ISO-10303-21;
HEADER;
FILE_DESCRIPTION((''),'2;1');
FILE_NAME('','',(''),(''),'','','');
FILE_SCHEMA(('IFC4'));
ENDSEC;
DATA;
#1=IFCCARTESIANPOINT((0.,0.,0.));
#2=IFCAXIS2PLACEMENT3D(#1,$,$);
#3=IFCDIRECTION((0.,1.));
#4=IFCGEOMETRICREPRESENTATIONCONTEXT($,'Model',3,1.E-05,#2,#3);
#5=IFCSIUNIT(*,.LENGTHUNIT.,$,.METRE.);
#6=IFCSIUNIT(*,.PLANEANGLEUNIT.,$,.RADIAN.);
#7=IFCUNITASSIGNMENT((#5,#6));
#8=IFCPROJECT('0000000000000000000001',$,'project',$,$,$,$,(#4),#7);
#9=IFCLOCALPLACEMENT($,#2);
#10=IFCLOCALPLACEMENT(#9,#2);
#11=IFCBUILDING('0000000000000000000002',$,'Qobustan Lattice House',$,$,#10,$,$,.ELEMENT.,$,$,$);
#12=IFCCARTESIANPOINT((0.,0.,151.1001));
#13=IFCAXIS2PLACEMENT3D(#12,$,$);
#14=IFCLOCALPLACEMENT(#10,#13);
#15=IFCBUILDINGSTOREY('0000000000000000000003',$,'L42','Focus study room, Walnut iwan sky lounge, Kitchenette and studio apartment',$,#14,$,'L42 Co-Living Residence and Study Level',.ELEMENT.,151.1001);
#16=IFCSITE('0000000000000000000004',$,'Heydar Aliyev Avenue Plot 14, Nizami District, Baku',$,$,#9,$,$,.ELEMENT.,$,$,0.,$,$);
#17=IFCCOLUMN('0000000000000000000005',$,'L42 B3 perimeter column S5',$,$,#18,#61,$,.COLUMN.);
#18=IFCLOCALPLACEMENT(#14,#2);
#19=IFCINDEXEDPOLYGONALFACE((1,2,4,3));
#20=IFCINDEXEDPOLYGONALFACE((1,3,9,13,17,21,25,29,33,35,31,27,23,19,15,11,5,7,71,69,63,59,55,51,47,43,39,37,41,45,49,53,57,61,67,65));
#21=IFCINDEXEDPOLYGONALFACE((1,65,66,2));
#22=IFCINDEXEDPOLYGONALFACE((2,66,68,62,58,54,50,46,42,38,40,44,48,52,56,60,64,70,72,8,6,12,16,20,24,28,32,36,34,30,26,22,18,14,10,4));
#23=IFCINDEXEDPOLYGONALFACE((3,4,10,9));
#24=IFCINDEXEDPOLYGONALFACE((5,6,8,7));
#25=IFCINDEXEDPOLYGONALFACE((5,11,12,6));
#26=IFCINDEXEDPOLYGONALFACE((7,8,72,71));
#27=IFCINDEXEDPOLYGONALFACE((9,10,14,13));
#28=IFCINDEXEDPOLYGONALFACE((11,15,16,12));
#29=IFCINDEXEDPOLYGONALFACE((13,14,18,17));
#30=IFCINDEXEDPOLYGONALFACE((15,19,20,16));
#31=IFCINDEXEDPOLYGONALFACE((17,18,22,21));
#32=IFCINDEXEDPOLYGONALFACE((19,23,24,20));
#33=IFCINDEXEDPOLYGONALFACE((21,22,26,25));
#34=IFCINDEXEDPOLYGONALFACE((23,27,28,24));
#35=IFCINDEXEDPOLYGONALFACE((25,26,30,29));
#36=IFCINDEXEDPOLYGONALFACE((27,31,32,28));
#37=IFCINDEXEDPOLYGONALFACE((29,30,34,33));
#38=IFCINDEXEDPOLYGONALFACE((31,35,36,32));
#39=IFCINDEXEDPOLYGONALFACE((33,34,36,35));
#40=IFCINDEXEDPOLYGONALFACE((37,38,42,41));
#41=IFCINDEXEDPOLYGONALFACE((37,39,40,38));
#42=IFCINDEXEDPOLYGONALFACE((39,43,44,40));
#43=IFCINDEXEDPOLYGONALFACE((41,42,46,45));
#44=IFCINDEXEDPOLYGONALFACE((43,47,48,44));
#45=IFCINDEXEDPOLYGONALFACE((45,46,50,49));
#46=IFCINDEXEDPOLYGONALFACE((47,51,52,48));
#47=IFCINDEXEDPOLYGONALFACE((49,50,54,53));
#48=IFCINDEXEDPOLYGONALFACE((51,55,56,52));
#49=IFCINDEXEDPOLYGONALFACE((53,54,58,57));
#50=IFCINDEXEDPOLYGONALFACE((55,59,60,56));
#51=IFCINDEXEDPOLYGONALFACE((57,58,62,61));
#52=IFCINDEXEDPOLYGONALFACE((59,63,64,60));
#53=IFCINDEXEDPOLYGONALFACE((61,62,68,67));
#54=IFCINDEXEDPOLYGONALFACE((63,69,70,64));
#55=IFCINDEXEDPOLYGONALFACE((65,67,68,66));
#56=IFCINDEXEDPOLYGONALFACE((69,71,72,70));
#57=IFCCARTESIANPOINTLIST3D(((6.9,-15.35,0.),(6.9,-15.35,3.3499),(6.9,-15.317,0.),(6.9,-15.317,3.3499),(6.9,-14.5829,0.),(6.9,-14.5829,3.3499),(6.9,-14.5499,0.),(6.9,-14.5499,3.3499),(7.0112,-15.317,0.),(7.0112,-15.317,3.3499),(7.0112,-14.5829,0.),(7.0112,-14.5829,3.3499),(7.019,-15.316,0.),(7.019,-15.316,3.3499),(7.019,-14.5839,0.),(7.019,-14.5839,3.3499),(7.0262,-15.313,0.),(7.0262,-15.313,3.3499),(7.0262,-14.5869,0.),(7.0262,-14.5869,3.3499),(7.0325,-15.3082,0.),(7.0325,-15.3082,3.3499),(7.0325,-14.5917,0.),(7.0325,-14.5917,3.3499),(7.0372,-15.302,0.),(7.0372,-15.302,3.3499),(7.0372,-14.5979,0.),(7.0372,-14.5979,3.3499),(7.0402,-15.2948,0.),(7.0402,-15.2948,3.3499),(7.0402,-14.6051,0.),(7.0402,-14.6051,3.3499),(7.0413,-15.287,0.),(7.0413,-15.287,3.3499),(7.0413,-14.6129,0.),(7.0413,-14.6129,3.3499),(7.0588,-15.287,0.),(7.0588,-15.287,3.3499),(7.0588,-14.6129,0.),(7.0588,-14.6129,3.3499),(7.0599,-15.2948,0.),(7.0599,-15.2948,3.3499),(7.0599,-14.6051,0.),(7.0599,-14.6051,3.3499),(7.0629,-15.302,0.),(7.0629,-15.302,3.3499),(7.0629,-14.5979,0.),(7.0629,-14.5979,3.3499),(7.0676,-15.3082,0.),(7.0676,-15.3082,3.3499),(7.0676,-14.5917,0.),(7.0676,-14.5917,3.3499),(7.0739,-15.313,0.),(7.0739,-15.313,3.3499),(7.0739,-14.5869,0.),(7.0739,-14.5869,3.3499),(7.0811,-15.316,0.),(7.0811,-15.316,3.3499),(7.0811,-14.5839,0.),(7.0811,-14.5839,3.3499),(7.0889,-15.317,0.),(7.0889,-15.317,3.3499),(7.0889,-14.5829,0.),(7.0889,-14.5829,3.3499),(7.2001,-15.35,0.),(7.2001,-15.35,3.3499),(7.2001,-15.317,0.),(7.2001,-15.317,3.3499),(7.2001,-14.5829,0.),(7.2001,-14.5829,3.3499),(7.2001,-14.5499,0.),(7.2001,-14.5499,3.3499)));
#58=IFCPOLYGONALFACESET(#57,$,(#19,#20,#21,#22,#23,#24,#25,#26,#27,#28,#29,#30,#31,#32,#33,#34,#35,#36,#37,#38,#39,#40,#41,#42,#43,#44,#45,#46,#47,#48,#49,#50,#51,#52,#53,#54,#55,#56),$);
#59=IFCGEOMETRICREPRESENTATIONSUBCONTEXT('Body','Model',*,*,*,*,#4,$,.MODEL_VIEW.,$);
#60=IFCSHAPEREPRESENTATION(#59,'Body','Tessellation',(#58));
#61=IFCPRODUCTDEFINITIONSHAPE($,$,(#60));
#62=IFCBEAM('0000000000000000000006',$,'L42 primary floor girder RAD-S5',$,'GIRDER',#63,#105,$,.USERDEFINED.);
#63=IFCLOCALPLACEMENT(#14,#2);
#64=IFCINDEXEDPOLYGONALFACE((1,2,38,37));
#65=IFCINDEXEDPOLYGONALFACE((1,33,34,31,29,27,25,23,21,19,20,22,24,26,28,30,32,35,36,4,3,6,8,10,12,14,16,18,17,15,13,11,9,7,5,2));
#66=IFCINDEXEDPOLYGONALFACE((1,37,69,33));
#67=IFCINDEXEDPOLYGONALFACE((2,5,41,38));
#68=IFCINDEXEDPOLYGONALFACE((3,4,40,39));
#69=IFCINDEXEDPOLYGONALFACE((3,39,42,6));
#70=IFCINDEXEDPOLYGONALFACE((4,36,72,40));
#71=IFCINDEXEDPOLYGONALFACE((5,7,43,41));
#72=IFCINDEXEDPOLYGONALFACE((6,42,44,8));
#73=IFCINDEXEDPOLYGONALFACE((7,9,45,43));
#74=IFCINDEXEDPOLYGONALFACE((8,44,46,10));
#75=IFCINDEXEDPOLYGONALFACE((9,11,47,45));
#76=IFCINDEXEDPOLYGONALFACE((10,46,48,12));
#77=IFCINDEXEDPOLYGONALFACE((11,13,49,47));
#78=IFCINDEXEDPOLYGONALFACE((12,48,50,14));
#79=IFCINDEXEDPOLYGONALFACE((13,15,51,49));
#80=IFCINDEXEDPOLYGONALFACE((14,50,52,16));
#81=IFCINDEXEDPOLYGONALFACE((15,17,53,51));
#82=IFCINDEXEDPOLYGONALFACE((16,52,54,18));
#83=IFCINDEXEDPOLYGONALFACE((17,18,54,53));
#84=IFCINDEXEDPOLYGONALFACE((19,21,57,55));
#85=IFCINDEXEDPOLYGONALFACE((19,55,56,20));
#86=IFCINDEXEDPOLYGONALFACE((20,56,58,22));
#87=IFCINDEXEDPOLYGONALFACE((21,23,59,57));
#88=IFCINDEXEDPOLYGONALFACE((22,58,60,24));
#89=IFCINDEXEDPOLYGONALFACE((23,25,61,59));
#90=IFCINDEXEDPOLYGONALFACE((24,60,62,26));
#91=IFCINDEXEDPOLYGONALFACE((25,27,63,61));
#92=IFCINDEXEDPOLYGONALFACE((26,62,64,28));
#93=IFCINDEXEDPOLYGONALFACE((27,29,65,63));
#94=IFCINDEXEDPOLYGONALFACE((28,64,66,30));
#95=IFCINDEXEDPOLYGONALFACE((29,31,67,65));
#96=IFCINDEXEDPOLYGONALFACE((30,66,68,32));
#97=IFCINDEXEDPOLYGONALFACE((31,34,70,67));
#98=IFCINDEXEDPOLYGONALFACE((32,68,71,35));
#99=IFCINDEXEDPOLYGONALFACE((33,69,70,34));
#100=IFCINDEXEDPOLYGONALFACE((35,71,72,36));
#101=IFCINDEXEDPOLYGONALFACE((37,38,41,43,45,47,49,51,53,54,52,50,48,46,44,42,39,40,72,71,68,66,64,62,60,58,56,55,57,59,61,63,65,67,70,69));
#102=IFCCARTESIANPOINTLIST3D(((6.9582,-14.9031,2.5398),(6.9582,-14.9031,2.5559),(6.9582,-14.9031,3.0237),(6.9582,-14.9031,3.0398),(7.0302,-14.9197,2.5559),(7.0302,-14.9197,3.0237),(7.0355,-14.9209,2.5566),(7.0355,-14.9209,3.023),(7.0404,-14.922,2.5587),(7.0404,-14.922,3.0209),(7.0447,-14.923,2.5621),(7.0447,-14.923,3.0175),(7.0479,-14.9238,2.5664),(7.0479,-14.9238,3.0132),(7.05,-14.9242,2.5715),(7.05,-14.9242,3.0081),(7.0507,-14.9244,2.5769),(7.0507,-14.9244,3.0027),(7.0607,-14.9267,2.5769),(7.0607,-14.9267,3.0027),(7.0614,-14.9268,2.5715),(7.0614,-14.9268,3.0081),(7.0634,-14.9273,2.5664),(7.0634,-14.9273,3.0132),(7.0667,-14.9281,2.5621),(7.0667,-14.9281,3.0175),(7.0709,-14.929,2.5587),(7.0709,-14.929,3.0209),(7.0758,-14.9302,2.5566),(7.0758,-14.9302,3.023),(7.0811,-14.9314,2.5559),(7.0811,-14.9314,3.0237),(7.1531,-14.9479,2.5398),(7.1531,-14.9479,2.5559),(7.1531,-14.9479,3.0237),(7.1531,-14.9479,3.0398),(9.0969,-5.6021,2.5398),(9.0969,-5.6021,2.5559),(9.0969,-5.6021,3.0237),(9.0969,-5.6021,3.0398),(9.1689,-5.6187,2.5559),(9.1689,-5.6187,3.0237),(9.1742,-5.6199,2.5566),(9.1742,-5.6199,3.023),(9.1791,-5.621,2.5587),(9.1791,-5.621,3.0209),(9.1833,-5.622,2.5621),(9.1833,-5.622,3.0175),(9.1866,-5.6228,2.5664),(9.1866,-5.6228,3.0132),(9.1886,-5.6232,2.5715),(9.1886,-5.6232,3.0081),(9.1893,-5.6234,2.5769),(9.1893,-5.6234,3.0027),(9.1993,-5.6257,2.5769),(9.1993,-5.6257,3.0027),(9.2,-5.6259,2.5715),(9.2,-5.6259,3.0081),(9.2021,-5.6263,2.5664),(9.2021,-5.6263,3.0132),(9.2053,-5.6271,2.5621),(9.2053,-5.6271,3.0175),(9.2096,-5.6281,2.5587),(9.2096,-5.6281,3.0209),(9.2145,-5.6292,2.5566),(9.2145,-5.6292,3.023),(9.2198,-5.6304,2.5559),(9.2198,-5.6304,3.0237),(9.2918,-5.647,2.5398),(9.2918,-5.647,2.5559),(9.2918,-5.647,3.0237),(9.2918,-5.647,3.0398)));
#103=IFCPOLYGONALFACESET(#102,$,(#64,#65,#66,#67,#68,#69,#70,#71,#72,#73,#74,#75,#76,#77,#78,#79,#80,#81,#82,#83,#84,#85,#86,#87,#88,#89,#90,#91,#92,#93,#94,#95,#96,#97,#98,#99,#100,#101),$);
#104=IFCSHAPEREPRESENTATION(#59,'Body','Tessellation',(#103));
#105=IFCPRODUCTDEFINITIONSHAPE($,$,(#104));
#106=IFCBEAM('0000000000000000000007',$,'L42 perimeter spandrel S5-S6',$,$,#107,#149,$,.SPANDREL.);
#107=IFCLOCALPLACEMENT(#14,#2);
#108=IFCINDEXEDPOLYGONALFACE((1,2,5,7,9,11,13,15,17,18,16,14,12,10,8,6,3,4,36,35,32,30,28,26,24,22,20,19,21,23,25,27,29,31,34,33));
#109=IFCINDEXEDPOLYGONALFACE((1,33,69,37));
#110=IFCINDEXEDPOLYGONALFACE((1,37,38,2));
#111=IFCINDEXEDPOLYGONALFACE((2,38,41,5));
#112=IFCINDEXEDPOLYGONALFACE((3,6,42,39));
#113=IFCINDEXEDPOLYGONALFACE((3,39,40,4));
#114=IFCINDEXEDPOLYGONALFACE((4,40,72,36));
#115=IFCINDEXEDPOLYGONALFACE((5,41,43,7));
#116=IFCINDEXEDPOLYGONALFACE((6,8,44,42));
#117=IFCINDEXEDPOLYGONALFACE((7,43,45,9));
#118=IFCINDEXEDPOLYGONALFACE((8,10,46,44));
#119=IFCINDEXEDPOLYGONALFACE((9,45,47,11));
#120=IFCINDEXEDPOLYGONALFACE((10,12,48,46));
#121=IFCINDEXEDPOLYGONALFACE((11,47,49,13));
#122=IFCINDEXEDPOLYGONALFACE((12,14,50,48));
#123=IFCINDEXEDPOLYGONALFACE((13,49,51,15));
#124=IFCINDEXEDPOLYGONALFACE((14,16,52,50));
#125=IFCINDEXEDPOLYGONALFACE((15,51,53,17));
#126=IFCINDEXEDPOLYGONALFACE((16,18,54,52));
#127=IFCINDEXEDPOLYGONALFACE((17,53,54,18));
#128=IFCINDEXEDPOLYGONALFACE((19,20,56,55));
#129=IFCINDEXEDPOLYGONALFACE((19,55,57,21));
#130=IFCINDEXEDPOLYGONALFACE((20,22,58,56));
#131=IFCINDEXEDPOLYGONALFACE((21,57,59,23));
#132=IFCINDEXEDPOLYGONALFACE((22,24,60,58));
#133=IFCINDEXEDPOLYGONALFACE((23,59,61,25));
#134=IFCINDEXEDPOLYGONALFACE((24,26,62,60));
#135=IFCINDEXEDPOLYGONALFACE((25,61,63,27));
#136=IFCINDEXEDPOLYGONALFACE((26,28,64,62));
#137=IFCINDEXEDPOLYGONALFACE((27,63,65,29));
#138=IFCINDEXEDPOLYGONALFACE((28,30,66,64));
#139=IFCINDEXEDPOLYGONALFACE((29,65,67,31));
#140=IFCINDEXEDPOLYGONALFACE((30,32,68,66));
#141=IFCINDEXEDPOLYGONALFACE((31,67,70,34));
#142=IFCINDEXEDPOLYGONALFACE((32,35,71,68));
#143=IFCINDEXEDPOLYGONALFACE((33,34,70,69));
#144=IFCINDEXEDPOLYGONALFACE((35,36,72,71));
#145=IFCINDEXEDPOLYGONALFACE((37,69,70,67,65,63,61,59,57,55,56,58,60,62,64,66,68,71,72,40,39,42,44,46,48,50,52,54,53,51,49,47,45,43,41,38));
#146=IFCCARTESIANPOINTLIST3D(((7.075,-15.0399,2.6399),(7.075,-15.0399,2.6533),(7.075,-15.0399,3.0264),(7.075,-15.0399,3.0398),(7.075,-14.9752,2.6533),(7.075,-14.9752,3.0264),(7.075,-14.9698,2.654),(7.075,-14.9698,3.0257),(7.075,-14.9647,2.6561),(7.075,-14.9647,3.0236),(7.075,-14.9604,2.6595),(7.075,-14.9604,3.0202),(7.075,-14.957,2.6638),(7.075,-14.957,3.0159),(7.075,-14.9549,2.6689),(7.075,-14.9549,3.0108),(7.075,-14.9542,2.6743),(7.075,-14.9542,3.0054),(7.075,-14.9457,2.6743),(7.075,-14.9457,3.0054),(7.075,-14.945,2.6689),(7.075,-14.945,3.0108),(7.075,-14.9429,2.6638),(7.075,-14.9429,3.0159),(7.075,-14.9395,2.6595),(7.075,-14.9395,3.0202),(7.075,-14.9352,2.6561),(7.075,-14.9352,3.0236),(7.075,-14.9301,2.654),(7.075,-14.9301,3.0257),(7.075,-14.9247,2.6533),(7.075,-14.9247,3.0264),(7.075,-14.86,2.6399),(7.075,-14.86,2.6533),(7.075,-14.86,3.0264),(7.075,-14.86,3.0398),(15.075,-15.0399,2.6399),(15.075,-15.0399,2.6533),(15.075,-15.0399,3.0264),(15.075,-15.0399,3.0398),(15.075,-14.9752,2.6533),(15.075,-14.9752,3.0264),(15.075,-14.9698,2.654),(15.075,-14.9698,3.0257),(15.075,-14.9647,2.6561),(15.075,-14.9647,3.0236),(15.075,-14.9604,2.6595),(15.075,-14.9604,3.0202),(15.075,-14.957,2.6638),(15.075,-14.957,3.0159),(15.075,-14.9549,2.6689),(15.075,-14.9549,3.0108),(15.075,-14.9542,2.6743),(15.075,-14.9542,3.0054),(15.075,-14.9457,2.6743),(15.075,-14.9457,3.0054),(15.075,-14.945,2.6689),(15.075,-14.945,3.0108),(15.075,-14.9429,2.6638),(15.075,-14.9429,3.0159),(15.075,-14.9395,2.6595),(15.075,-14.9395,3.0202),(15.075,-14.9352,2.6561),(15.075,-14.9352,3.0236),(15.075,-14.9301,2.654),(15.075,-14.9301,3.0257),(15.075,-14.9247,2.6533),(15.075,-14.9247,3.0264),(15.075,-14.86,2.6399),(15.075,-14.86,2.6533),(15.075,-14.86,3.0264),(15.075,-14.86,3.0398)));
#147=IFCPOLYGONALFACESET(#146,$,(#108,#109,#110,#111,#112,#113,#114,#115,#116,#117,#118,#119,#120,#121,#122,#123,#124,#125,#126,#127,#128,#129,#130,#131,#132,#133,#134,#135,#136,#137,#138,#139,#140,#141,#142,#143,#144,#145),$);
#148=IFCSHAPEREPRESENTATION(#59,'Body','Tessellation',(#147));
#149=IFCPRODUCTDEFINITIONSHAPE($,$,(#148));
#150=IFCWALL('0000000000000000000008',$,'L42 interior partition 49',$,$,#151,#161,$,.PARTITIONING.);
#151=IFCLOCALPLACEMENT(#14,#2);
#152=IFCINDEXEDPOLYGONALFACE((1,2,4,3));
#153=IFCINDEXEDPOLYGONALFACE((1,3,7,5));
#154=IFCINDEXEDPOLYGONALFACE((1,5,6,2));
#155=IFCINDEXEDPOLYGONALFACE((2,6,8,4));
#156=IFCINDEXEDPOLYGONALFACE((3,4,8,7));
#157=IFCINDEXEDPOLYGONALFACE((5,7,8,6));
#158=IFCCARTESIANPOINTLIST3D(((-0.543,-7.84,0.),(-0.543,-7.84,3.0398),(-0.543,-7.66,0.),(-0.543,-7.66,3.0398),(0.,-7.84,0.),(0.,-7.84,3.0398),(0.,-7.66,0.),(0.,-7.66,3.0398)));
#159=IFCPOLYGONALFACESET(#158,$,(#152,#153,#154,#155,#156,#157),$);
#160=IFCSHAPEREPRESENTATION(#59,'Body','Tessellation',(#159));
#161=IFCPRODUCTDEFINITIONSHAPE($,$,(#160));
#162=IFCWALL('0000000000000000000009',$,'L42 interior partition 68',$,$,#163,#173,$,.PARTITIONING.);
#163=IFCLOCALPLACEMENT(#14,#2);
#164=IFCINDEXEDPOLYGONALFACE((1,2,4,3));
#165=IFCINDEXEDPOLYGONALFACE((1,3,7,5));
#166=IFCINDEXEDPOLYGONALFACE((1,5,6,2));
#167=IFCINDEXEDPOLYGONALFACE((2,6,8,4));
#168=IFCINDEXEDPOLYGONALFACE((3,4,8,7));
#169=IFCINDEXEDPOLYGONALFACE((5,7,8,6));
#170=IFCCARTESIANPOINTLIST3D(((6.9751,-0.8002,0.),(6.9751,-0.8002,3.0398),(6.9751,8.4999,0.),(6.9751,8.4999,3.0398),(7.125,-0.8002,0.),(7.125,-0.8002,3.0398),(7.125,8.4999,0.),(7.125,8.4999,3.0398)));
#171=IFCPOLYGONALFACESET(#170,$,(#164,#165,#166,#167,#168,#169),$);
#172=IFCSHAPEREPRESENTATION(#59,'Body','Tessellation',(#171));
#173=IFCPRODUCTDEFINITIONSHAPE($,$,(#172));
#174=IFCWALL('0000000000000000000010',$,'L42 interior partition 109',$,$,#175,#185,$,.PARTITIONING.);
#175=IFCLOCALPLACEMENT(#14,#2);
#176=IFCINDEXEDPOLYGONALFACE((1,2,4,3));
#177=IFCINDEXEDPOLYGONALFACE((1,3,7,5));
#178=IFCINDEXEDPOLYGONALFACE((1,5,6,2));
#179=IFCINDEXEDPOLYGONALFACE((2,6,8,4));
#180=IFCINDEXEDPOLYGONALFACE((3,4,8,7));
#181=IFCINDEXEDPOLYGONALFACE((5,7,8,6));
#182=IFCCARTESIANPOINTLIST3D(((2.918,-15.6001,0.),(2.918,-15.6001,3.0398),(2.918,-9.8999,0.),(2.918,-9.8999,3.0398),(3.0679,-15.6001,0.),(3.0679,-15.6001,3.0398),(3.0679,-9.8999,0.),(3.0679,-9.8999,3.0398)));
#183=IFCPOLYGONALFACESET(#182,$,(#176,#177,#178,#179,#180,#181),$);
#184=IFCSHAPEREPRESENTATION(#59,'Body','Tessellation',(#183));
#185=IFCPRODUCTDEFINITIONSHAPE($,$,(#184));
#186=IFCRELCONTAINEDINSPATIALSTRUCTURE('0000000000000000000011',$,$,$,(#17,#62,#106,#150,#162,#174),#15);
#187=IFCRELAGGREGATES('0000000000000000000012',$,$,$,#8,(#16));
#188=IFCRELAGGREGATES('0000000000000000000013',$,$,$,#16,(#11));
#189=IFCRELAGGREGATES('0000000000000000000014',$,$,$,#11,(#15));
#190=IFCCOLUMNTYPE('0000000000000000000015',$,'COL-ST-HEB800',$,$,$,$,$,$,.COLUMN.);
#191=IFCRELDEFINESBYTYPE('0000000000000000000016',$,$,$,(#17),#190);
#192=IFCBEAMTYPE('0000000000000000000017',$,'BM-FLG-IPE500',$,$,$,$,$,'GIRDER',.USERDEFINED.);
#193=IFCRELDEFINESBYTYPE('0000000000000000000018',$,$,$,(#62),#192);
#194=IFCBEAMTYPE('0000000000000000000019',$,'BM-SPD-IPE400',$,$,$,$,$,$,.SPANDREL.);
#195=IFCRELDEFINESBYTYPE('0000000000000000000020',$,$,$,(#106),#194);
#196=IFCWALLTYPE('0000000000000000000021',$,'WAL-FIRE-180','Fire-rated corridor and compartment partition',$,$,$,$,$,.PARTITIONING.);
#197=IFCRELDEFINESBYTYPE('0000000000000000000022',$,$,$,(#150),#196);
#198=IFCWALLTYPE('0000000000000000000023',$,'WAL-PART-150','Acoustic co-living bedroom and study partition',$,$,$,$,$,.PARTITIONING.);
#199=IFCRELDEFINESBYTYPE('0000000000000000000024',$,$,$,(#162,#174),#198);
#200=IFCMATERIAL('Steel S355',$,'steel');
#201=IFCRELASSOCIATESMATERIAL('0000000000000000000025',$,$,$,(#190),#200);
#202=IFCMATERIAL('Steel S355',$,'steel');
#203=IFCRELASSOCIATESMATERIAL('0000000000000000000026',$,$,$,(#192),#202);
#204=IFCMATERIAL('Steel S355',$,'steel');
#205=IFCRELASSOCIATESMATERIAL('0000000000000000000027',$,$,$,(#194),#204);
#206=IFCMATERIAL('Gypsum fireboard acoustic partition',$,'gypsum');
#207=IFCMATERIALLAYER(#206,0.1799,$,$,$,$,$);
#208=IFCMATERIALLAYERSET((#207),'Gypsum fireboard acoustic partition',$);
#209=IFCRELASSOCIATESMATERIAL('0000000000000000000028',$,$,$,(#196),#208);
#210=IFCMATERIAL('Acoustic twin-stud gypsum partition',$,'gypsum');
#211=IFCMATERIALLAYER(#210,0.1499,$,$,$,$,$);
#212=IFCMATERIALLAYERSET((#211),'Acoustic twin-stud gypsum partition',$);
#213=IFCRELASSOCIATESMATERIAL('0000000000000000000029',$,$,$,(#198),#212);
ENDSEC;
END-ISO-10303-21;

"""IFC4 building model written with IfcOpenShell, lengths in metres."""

from ifc_helpers import new_model, si_unit, direction, frame, frame_2d, origin, origin_2d, place, context, subcontext, project, spatial, rectangle, i_section, extrude, material, layer, layer_set, material_profile, profile_set, type_object, element, save


model = new_model("IFC4")

# Units and contexts
model_context = context("Model", 3, precision=1e-05, world=origin(), true_north=direction((0.0, 1.0)))
body_context = subcontext(model_context, "Body", "Model", "MODEL_VIEW")
ifc_project = project(units=[si_unit("LENGTHUNIT", "METRE"), si_unit("PLANEANGLEUNIT", "RADIAN")], contexts=[model_context])

# Site, building, storey
site_placement = place(None, origin())
site = spatial("IfcSite", under=ifc_project, at=site_placement, Name="Heydar Aliyev Avenue Plot 14, Nizami District, Baku", CompositionType="ELEMENT", RefElevation=0.0)
building_placement = place(site_placement, origin())
building = spatial("IfcBuilding", under=site, at=building_placement, Name="Qobustan Lattice House", CompositionType="ELEMENT")
storey_placement = place(building_placement, frame((0.0, 0.0, 151.1001)))
storey = spatial("IfcBuildingStorey", under=building, at=storey_placement, Name="L42", Description="Focus study room, Walnut iwan sky lounge, Kitchenette and studio apartment", LongName="L42 Co-Living Residence and Study Level", CompositionType="ELEMENT", Elevation=151.1001)

# Column
ifc_material_1 = material(Name="Steel S355", Category="steel")
ifc_material_profile_1 = material_profile(ifc_material_1, i_section(OverallWidth=0.3, OverallDepth=0.8, WebThickness=0.0176, FlangeThickness=0.033, FilletRadius=0.03, at=origin_2d()), Name="HEB800")
ifc_profile_set_1 = profile_set([ifc_material_profile_1], Name="Steel S355")
column_type = type_object("IfcColumnType", Name="COL-ST-HEB800", PredefinedType="COLUMN", material=ifc_profile_set_1)
column_placement = place(storey_placement, frame((7.05, -14.95, 0.0), z_axis=(0.0, 0.0, 1.0), x_axis=(1.0, 0.0, 0.0)))
element("IfcColumn", 1, at=column_placement, inside=storey, type_object=column_type, Name="L42 B3 perimeter column S5", PredefinedType="COLUMN", context=body_context, shape_type="SweptSolid", body=[
    extrude(i_section(OverallWidth=0.3, OverallDepth=0.8, WebThickness=0.0176, FlangeThickness=0.033, FilletRadius=0.03, at=origin_2d()), origin(), (0.0, 0.0, 1.0), 3.3499),
])

# Beams
ifc_material_2 = material(Name="Steel S355", Category="steel")
ifc_material_profile_2 = material_profile(ifc_material_2, i_section(OverallWidth=0.2, OverallDepth=0.5, WebThickness=0.0103, FlangeThickness=0.0161, FilletRadius=0.021, at=origin_2d()), Name="IPE500")
ifc_profile_set_2 = profile_set([ifc_material_profile_2], Name="Steel S355")
beam_type_1 = type_object("IfcBeamType", Name="BM-FLG-IPE500", ElementType="GIRDER", PredefinedType="USERDEFINED", material=ifc_profile_set_2)
beam_1_placement = place(storey_placement, frame((7.0557, -14.9255, 2.7898), z_axis=(0.224092, 0.974568, 0.0), x_axis=(-0.974568, 0.224092, 0.0)))
element("IfcBeam", 2, at=beam_1_placement, inside=storey, type_object=beam_type_1, Name="L42 primary floor girder RAD-S5", ObjectType="GIRDER", PredefinedType="USERDEFINED", context=body_context, shape_type="SweptSolid", body=[
    extrude(i_section(OverallWidth=0.2, OverallDepth=0.5, WebThickness=0.0103, FlangeThickness=0.0161, FilletRadius=0.021, at=origin_2d()), origin(), (0.0, 0.0, 1.0), 9.5437),
])
ifc_material_3 = material(Name="Steel S355", Category="steel")
ifc_material_profile_3 = material_profile(ifc_material_3, i_section(OverallWidth=0.1799, OverallDepth=0.3999, WebThickness=0.0085, FlangeThickness=0.0134, FilletRadius=0.021, at=origin_2d()), Name="IPE400")
ifc_profile_set_3 = profile_set([ifc_material_profile_3], Name="Steel S355")
beam_type_2 = type_object("IfcBeamType", Name="BM-SPD-IPE400", PredefinedType="SPANDREL", material=ifc_profile_set_3)
beam_2_placement = place(storey_placement, frame((7.075, -14.95, 2.8398), z_axis=(1.0, 0.0, 0.0), x_axis=(0.0, 1.0, 0.0)))
element("IfcBeam", 3, at=beam_2_placement, inside=storey, type_object=beam_type_2, Name="L42 perimeter spandrel S5-S6", PredefinedType="SPANDREL", context=body_context, shape_type="SweptSolid", body=[
    extrude(i_section(OverallWidth=0.1799, OverallDepth=0.3999, WebThickness=0.0085, FlangeThickness=0.0134, FilletRadius=0.021, at=origin_2d()), origin(), (0.0, 0.0, 1.0), 8.0),
])

# Wall
ifc_material_4 = material(Name="Gypsum fireboard acoustic partition", Category="gypsum")
ifc_layer_1 = layer(ifc_material_4, 0.1799)
ifc_layer_set_1 = layer_set([ifc_layer_1], Name="Gypsum fireboard acoustic partition")
wall_type_1 = type_object("IfcWallType", Name="WAL-FIRE-180", Description="Fire-rated corridor and compartment partition", PredefinedType="PARTITIONING", material=ifc_layer_set_1)
wall_1_placement = place(storey_placement, frame((0.0, -7.75, 0.0), z_axis=(0.0, 0.0, 1.0), x_axis=(-1.0, 0.0, 0.0)))
element("IfcWall", 4, at=wall_1_placement, inside=storey, type_object=wall_type_1, Name="L42 interior partition 49", PredefinedType="PARTITIONING", context=body_context, shape_type="SweptSolid", body=[
    extrude(rectangle(XDim=0.543, YDim=0.1799, at=frame_2d((0.2715, 0.0))), origin(), (0.0, 0.0, 1.0), 3.0398),
])

# Walls
ifc_material_5 = material(Name="Acoustic twin-stud gypsum partition", Category="gypsum")
ifc_layer_2 = layer(ifc_material_5, 0.1499)
ifc_layer_set_2 = layer_set([ifc_layer_2], Name="Acoustic twin-stud gypsum partition")
wall_type_2 = type_object("IfcWallType", Name="WAL-PART-150", Description="Acoustic co-living bedroom and study partition", PredefinedType="PARTITIONING", material=ifc_layer_set_2)
wall_2_placement = place(storey_placement, frame((7.05, -0.8, 0.0), z_axis=(0.0, 0.0, 1.0), x_axis=(0.0, 1.0, 0.0)))
element("IfcWall", 5, at=wall_2_placement, inside=storey, type_object=wall_type_2, Name="L42 interior partition 68", PredefinedType="PARTITIONING", context=body_context, shape_type="SweptSolid", body=[
    extrude(rectangle(XDim=9.3, YDim=0.1499, at=frame_2d((4.6499, 0.0))), origin(), (0.0, 0.0, 1.0), 3.0398),
])
for number, where, z_axis, x_axis, name in (
    (6, (2.9929, -9.8999, 0.0), (0.0, 0.0, 1.0), (0.0, -1.0, 0.0), "L42 interior partition 109"),
):
    element("IfcWall", number, at=place(storey_placement, frame(where, z_axis=z_axis, x_axis=x_axis)), inside=storey, type_object=wall_type_2, Name=name, PredefinedType="PARTITIONING", context=body_context, shape_type="SweptSolid", body=[
        extrude(rectangle(XDim=5.7002, YDim=0.1499, at=frame_2d((2.8501, 0.0))), origin(), (0.0, 0.0, 1.0), 3.0398),
    ])

save(model, "model.ifc")
